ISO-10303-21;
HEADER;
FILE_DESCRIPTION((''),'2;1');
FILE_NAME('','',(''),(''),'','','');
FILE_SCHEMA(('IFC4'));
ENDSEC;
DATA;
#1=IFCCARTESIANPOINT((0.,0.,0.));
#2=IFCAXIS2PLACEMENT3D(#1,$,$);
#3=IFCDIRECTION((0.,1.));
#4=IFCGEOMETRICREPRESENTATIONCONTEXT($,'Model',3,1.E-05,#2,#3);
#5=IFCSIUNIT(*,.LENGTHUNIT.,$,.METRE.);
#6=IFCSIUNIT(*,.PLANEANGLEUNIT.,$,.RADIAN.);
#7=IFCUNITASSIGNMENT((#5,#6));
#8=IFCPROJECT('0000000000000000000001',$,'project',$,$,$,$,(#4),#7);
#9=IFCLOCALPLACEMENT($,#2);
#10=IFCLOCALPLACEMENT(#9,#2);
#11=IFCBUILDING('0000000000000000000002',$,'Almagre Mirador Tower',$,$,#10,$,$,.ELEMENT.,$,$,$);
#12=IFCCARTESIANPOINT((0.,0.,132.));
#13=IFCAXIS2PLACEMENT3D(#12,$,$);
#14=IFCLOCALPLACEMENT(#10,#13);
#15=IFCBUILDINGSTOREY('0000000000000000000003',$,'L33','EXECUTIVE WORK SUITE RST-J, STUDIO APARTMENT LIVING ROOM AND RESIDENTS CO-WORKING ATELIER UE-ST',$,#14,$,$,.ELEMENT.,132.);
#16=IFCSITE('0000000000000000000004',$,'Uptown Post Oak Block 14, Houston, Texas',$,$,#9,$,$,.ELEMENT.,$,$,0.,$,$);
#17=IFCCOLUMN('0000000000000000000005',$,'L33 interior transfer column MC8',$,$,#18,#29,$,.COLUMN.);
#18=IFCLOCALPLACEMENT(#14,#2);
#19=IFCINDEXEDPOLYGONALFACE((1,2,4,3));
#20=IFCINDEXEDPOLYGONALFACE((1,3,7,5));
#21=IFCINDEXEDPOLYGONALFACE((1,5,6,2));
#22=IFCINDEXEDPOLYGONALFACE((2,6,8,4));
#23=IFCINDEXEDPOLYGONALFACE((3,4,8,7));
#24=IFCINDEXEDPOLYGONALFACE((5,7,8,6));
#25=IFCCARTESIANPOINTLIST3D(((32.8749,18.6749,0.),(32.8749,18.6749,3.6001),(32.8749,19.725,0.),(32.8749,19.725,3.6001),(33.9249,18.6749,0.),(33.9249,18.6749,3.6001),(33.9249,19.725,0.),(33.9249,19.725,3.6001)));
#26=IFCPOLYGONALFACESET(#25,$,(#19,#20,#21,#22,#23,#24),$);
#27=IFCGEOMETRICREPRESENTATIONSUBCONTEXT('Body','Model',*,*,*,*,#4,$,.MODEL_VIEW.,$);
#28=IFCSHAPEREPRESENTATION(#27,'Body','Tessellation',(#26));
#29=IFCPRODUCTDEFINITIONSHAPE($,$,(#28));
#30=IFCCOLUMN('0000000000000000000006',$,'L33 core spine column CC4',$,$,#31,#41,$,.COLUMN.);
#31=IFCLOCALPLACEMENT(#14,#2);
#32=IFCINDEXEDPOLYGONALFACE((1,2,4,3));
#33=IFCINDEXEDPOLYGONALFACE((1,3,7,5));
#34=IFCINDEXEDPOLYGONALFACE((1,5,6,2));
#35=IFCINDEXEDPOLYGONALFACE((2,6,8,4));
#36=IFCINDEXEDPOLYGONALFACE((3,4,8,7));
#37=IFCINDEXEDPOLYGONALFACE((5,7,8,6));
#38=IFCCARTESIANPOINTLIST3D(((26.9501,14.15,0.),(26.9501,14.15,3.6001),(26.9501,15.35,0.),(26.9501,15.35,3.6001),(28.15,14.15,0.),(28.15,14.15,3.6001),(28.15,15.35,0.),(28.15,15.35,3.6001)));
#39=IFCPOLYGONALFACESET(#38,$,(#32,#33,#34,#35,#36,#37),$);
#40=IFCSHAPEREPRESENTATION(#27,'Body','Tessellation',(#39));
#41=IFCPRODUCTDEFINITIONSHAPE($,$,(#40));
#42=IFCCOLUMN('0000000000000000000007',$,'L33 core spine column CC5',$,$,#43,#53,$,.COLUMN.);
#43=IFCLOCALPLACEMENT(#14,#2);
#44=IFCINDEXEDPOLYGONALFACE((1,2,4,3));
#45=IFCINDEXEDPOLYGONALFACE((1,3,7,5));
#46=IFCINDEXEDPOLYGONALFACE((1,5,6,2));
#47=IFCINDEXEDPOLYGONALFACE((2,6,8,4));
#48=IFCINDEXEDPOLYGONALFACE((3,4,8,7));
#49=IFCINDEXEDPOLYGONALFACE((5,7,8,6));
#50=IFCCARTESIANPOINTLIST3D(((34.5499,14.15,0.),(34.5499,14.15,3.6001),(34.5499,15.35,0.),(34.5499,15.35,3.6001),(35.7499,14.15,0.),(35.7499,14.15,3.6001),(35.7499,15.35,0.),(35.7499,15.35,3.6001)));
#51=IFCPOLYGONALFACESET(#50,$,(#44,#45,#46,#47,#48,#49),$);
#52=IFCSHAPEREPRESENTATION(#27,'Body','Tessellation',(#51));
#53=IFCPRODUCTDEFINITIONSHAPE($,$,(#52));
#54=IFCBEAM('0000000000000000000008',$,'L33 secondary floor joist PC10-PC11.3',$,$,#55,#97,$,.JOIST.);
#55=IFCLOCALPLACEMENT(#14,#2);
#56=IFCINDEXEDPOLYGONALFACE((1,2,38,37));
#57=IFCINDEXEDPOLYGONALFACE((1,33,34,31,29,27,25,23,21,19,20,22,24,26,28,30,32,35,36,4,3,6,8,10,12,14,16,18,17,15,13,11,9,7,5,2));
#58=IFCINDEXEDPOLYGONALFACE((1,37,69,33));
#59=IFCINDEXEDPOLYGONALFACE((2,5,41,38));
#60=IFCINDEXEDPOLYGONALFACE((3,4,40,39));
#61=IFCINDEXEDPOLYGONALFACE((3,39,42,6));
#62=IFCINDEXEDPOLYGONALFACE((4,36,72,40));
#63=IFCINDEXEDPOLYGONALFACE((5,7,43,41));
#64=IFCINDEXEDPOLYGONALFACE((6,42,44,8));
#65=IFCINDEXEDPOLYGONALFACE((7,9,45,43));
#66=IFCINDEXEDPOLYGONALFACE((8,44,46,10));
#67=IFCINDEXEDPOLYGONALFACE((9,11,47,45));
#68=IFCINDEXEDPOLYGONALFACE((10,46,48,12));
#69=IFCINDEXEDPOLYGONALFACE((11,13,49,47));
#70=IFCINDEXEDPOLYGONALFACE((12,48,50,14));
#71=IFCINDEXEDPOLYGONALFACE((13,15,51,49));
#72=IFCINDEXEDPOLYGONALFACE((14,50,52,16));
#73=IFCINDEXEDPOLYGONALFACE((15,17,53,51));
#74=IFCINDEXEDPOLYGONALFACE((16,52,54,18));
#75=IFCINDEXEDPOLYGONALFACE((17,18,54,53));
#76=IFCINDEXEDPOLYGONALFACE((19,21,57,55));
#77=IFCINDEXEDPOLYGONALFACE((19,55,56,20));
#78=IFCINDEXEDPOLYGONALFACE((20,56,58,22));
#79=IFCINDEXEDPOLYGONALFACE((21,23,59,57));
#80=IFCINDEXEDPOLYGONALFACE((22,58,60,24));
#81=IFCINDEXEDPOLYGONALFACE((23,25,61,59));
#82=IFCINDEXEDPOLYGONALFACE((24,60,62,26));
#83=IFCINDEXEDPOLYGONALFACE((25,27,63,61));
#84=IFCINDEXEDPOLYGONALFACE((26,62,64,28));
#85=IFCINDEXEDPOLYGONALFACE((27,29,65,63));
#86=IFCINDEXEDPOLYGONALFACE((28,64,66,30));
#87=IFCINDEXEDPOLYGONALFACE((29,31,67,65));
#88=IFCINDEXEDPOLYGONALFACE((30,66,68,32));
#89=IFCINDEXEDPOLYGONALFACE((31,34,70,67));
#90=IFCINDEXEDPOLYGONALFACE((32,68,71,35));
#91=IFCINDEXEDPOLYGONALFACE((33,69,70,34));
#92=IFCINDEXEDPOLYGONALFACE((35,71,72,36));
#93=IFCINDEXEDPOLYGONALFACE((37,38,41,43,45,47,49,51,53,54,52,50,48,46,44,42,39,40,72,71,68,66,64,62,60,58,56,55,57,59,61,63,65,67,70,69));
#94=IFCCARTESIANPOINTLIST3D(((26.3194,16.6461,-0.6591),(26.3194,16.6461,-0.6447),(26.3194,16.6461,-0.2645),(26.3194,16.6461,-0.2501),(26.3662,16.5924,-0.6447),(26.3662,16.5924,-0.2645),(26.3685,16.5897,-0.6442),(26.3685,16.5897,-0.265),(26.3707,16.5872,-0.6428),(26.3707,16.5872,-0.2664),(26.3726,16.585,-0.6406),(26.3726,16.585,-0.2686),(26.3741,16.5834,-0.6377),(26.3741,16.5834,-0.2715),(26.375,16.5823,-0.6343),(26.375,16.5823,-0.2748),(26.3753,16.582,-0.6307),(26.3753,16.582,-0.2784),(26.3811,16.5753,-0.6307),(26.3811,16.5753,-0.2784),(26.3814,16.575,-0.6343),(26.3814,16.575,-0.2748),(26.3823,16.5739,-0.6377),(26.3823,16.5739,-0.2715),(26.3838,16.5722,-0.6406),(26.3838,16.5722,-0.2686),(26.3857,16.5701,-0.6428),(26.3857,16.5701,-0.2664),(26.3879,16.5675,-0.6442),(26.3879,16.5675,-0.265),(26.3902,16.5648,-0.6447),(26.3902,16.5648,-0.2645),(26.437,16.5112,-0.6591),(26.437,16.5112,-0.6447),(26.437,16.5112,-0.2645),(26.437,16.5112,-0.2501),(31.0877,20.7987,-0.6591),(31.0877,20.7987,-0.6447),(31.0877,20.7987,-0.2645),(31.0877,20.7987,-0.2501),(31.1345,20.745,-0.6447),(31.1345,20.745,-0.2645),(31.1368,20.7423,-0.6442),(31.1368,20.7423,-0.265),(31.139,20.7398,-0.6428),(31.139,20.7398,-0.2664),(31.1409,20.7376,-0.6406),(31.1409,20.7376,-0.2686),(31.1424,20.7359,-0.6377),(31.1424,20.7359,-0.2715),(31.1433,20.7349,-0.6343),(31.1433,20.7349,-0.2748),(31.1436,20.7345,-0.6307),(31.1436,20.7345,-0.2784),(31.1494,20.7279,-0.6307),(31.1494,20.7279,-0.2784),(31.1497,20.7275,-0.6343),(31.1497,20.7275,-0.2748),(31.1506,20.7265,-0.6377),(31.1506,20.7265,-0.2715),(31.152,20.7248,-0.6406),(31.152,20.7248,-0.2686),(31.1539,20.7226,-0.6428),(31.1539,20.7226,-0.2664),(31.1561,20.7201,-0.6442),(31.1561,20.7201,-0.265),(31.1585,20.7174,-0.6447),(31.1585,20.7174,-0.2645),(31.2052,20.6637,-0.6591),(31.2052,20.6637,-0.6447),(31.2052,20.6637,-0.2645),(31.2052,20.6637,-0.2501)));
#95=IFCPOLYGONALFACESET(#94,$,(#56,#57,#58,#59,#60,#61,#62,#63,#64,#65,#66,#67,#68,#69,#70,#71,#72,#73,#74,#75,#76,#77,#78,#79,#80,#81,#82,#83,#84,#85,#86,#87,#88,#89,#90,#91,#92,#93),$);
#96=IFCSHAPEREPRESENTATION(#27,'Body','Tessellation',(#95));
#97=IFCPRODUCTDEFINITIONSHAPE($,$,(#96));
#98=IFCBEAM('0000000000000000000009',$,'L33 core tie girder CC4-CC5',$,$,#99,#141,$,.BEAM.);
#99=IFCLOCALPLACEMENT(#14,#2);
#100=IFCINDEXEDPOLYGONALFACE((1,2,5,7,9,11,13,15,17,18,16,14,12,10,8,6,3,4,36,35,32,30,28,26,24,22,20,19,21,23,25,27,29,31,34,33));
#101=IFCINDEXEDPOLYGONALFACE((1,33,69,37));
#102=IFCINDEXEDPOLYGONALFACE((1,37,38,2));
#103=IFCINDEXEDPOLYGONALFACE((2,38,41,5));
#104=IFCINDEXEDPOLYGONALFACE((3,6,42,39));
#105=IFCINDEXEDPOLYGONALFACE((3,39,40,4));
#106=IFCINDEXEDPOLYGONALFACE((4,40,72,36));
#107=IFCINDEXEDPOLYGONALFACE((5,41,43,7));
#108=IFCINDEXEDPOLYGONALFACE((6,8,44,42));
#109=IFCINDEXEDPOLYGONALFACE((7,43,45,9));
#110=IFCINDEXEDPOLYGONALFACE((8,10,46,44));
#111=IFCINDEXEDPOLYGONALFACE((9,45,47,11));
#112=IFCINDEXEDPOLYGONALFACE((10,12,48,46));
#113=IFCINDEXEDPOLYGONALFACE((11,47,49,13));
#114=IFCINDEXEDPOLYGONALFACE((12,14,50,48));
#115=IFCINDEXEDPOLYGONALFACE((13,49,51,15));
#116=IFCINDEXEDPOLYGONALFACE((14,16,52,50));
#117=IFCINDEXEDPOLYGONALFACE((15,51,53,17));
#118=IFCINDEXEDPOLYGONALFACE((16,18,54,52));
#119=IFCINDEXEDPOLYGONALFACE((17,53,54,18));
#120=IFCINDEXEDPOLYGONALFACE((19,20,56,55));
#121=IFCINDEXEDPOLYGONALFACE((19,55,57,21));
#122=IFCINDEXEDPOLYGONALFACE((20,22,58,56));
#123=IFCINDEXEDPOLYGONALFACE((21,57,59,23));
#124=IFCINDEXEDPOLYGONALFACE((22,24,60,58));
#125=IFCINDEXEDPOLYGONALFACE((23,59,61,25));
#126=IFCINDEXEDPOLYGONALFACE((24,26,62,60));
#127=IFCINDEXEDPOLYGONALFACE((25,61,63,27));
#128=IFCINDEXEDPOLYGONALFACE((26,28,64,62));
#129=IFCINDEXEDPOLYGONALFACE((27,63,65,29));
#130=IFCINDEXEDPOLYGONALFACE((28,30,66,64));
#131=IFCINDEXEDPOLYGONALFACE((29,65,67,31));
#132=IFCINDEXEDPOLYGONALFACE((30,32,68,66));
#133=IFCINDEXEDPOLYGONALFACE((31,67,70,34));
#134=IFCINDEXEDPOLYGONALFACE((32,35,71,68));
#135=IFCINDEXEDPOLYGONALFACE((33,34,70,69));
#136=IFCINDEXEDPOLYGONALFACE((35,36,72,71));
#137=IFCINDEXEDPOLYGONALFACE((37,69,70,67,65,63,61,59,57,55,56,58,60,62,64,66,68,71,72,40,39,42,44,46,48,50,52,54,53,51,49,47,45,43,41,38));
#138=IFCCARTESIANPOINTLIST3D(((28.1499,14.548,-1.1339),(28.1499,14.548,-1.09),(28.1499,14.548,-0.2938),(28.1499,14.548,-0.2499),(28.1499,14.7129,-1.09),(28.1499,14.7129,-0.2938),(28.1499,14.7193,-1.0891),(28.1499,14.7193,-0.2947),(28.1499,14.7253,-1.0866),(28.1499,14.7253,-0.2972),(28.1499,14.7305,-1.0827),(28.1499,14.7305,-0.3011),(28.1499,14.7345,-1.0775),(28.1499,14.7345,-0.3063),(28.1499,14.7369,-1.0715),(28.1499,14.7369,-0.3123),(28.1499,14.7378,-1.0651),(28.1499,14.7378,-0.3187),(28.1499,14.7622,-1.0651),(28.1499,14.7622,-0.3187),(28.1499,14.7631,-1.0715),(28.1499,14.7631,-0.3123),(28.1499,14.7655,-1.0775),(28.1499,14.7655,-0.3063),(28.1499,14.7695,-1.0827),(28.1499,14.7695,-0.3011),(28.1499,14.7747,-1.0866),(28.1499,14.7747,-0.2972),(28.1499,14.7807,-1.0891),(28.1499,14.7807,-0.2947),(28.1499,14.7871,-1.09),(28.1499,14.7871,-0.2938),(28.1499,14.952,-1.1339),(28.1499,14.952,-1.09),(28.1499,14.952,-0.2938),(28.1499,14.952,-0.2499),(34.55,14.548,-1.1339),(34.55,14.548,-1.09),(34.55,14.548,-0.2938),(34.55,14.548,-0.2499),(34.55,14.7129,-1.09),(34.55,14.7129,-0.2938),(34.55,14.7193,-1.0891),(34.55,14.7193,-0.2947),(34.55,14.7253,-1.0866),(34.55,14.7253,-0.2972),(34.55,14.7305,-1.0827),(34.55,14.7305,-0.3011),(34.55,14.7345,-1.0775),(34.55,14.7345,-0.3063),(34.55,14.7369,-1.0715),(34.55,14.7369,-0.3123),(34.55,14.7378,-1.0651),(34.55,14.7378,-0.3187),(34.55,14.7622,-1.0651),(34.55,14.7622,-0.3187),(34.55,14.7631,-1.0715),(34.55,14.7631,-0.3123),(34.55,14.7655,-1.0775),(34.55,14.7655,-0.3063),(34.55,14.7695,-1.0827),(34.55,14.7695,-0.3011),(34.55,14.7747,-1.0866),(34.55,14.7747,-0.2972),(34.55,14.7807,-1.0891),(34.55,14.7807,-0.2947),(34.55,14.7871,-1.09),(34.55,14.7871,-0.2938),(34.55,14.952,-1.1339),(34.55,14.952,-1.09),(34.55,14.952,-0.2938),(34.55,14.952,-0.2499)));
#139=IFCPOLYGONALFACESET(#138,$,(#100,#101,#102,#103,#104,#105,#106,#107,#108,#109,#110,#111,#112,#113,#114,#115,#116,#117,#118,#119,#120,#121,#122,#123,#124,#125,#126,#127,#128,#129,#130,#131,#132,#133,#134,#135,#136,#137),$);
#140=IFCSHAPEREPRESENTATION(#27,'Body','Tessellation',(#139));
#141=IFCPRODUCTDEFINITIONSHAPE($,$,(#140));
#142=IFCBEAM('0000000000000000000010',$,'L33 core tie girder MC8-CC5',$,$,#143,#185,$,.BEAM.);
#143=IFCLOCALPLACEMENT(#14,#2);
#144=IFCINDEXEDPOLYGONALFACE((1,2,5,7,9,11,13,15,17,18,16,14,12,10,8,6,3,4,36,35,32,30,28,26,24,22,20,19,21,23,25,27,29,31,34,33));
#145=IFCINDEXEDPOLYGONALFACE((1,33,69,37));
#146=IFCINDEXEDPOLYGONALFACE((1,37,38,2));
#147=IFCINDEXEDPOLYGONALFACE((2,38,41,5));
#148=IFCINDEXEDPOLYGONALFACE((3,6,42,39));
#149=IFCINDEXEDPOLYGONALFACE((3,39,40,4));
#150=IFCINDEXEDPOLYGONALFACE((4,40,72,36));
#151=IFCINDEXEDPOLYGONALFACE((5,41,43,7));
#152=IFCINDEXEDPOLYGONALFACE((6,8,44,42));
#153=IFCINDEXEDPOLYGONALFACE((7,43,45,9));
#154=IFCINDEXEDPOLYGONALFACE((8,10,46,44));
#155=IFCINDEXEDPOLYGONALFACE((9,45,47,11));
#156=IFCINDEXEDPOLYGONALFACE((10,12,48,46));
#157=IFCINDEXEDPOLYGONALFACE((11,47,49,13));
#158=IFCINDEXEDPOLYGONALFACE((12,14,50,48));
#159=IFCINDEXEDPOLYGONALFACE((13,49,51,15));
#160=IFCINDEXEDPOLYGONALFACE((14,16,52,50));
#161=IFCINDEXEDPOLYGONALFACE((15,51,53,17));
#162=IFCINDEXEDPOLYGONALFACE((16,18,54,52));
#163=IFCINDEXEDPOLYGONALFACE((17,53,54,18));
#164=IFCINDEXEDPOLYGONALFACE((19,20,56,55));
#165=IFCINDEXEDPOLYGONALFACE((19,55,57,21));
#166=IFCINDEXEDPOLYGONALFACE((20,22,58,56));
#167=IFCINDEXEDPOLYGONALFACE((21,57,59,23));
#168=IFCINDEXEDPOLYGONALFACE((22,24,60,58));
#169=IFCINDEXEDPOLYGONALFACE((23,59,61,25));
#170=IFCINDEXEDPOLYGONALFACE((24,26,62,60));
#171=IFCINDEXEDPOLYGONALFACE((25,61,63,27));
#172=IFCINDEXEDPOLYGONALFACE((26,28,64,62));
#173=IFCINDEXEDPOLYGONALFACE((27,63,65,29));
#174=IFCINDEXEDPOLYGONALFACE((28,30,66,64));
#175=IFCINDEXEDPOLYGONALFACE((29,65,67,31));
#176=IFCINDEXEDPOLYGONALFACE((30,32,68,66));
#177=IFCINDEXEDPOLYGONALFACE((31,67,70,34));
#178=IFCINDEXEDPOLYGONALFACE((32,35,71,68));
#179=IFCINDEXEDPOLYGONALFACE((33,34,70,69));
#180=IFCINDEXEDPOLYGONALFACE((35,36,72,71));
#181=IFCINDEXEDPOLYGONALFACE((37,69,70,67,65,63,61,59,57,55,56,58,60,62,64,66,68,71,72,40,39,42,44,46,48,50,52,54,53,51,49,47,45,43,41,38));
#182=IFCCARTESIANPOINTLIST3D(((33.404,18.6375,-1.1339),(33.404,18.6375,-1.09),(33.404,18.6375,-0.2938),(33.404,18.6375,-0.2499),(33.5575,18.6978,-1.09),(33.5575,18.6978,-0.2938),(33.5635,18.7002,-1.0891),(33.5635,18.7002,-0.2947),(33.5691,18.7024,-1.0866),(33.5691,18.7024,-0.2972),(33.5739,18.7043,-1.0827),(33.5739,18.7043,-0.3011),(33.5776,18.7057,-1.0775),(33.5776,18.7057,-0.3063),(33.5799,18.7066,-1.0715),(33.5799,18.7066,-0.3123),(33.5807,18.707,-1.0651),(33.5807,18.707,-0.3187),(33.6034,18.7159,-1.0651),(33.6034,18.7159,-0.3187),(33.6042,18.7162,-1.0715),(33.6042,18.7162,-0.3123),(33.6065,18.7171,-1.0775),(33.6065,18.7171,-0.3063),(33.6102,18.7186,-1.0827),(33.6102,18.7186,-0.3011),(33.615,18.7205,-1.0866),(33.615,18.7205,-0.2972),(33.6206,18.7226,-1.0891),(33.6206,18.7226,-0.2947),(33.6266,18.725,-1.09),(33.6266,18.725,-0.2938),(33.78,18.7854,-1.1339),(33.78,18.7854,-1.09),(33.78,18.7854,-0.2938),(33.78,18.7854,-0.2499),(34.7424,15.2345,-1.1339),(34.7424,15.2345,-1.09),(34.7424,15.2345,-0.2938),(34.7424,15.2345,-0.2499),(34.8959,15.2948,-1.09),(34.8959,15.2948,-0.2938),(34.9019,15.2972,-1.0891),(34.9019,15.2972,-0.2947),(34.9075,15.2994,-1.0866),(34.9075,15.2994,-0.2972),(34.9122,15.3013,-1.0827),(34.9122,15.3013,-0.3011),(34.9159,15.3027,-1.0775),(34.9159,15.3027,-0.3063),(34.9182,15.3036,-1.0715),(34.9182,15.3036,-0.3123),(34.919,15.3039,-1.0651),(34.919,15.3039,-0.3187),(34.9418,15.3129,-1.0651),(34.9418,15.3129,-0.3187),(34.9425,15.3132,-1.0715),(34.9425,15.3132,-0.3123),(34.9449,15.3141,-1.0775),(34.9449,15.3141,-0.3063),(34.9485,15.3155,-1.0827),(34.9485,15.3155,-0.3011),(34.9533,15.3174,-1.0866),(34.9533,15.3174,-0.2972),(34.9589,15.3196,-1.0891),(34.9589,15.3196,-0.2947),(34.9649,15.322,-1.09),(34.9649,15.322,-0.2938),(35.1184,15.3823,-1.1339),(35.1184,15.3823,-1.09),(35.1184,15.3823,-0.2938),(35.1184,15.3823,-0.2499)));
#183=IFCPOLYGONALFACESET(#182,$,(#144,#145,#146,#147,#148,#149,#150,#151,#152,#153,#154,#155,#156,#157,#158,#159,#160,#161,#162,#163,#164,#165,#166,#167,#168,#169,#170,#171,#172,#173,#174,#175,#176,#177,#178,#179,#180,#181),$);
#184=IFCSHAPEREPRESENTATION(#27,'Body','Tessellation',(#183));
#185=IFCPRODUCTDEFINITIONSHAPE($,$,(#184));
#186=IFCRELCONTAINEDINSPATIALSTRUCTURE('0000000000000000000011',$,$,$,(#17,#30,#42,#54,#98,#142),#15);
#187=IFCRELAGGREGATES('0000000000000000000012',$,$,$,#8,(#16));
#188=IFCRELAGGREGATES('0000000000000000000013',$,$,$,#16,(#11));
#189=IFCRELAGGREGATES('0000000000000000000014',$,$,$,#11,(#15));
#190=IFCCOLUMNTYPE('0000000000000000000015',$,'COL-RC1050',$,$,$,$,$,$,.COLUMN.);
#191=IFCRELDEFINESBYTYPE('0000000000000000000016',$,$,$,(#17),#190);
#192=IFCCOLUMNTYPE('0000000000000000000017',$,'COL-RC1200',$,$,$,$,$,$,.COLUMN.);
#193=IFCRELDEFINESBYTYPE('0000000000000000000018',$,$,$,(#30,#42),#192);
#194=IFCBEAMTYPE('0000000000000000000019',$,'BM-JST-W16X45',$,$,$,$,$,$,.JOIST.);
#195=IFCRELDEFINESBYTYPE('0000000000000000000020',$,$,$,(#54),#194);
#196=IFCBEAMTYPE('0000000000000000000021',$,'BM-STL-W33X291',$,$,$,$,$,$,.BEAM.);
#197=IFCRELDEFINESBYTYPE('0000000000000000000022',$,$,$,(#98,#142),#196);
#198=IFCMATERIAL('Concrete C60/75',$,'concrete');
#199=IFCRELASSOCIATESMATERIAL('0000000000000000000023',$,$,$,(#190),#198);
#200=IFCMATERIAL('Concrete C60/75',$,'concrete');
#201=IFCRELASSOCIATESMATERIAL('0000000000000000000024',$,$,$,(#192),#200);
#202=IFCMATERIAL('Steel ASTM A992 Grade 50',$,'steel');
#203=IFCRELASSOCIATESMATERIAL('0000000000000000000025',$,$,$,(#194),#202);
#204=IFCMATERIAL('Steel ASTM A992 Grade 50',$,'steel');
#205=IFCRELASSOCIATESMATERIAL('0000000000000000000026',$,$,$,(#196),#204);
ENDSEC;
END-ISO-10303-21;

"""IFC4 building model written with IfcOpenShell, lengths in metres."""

from ifc_helpers import new_model, si_unit, direction, frame, origin, origin_2d, place, context, subcontext, project, spatial, rectangle, i_section, extrude, material, material_profile, profile_set, type_object, element, save


model = new_model("IFC4")

# Units and contexts
model_context = context("Model", 3, precision=1e-05, world=origin(), true_north=direction((0.0, 1.0)))
body_context = subcontext(model_context, "Body", "Model", "MODEL_VIEW")
ifc_project = project(units=[si_unit("LENGTHUNIT", "METRE"), si_unit("PLANEANGLEUNIT", "RADIAN")], contexts=[model_context])

# Site, building, storey
site_placement = place(None, origin())
site = spatial("IfcSite", under=ifc_project, at=site_placement, Name="Uptown Post Oak Block 14, Houston, Texas", CompositionType="ELEMENT", RefElevation=0.0)
building_placement = place(site_placement, origin())
building = spatial("IfcBuilding", under=site, at=building_placement, Name="Almagre Mirador Tower", CompositionType="ELEMENT")
storey_placement = place(building_placement, frame((0.0, 0.0, 132.0)))
storey = spatial("IfcBuildingStorey", under=building, at=storey_placement, Name="L33", Description="EXECUTIVE WORK SUITE RST-J, STUDIO APARTMENT LIVING ROOM AND RESIDENTS CO-WORKING ATELIER UE-ST", CompositionType="ELEMENT", Elevation=132.0)

# Columns
ifc_material_1 = material(Name="Concrete C60/75", Category="concrete")
ifc_material_profile_1 = material_profile(ifc_material_1, rectangle(XDim=1.05, YDim=1.05, at=origin_2d()), Name="RC1050X1050")
ifc_profile_set_1 = profile_set([ifc_material_profile_1], Name="Concrete C60/75")
column_type_1 = type_object("IfcColumnType", Name="COL-RC1050", PredefinedType="COLUMN", material=ifc_profile_set_1)
column_placement = place(storey_placement, frame((33.3999, 19.2, 0.0), z_axis=(0.0, 0.0, 1.0), x_axis=(1.0, 0.0, 0.0)))
element("IfcColumn", 1, at=column_placement, inside=storey, type_object=column_type_1, Name="L33 interior transfer column MC8", PredefinedType="COLUMN", context=body_context, shape_type="SweptSolid", body=[
    extrude(rectangle(XDim=1.05, YDim=1.05, at=origin_2d()), origin(), (0.0, 0.0, 1.0), 3.6001),
])
ifc_material_2 = material(Name="Concrete C60/75", Category="concrete")
ifc_material_profile_2 = material_profile(ifc_material_2, rectangle(XDim=1.2, YDim=1.2, at=origin_2d()), Name="RC1200X1200")
ifc_profile_set_2 = profile_set([ifc_material_profile_2], Name="Concrete C60/75")
column_type_2 = type_object("IfcColumnType", Name="COL-RC1200", PredefinedType="COLUMN", material=ifc_profile_set_2)
for number, where, z_axis, x_axis, name in (
    (2, (27.55, 14.75, 0.0), (0.0, 0.0, 1.0), (1.0, 0.0, 0.0), "L33 core spine column CC4"),
    (3, (35.1499, 14.75, 0.0), (0.0, 0.0, 1.0), (1.0, 0.0, 0.0), "L33 core spine column CC5"),
):
    element("IfcColumn", number, at=place(storey_placement, frame(where, z_axis=z_axis, x_axis=x_axis)), inside=storey, type_object=column_type_2, Name=name, PredefinedType="COLUMN", context=body_context, shape_type="SweptSolid", body=[
        extrude(rectangle(XDim=1.2, YDim=1.2, at=origin_2d()), origin(), (0.0, 0.0, 1.0), 3.6001),
    ])

# Beams
ifc_material_3 = material(Name="Steel ASTM A992 Grade 50", Category="steel")
ifc_material_profile_3 = material_profile(ifc_material_3, i_section(OverallWidth=0.179, OverallDepth=0.4089, WebThickness=0.0088, FlangeThickness=0.0144, FilletRadius=0.0139, at=origin_2d()), Name="W16X45")
ifc_profile_set_3 = profile_set([ifc_material_profile_3], Name="Steel ASTM A992 Grade 50")
beam_type_1 = type_object("IfcBeamType", Name="BM-JST-W16X45", PredefinedType="JOIST", material=ifc_profile_set_3)
beam_1_placement = place(storey_placement, frame((31.1465, 20.7312, -0.4546), z_axis=(-0.754117, -0.65674, 0.0), x_axis=(0.65674, -0.754117, 0.0)))
element("IfcBeam", 4, at=beam_1_placement, inside=storey, type_object=beam_type_1, Name="L33 secondary floor joist PC10-PC11.3", PredefinedType="JOIST", context=body_context, shape_type="SweptSolid", body=[
    extrude(i_section(OverallWidth=0.179, OverallDepth=0.4089, WebThickness=0.0088, FlangeThickness=0.0144, FilletRadius=0.0139, at=origin_2d()), origin(), (0.0, 0.0, 1.0), 6.323),
])
ifc_material_4 = material(Name="Steel ASTM A992 Grade 50", Category="steel")
ifc_material_profile_4 = material_profile(ifc_material_4, i_section(OverallWidth=0.4041, OverallDepth=0.884, WebThickness=0.0244, FlangeThickness=0.0439, FilletRadius=0.0249, at=origin_2d()), Name="W33X291")
ifc_profile_set_4 = profile_set([ifc_material_profile_4], Name="Steel ASTM A992 Grade 50")
beam_type_2 = type_object("IfcBeamType", Name="BM-STL-W33X291", PredefinedType="BEAM", material=ifc_profile_set_4)
beam_2_placement = place(storey_placement, frame((28.1499, 14.75, -0.6919), z_axis=(1.0, 0.0, 0.0), x_axis=(0.0, 1.0, 0.0)))
element("IfcBeam", 5, at=beam_2_placement, inside=storey, type_object=beam_type_2, Name="L33 core tie girder CC4-CC5", PredefinedType="BEAM", context=body_context, shape_type="SweptSolid", body=[
    extrude(i_section(OverallWidth=0.4041, OverallDepth=0.884, WebThickness=0.0244, FlangeThickness=0.0439, FilletRadius=0.0249, at=origin_2d()), origin(), (0.0, 0.0, 1.0), 6.4001),
])
beam_3_placement = place(storey_placement, frame((33.592, 18.7114, -0.6919), z_axis=(0.365997, -0.930616, 0.0), x_axis=(0.930616, 0.365997, 0.0)))
element("IfcBeam", 6, at=beam_3_placement, inside=storey, type_object=beam_type_2, Name="L33 core tie girder MC8-CC5", PredefinedType="BEAM", context=body_context, shape_type="SweptSolid", body=[
    extrude(i_section(OverallWidth=0.4041, OverallDepth=0.884, WebThickness=0.0244, FlangeThickness=0.0439, FilletRadius=0.0249, at=origin_2d()), origin(), (0.0, 0.0, 1.0), 3.6567),
])

save(model, "model.ifc")
